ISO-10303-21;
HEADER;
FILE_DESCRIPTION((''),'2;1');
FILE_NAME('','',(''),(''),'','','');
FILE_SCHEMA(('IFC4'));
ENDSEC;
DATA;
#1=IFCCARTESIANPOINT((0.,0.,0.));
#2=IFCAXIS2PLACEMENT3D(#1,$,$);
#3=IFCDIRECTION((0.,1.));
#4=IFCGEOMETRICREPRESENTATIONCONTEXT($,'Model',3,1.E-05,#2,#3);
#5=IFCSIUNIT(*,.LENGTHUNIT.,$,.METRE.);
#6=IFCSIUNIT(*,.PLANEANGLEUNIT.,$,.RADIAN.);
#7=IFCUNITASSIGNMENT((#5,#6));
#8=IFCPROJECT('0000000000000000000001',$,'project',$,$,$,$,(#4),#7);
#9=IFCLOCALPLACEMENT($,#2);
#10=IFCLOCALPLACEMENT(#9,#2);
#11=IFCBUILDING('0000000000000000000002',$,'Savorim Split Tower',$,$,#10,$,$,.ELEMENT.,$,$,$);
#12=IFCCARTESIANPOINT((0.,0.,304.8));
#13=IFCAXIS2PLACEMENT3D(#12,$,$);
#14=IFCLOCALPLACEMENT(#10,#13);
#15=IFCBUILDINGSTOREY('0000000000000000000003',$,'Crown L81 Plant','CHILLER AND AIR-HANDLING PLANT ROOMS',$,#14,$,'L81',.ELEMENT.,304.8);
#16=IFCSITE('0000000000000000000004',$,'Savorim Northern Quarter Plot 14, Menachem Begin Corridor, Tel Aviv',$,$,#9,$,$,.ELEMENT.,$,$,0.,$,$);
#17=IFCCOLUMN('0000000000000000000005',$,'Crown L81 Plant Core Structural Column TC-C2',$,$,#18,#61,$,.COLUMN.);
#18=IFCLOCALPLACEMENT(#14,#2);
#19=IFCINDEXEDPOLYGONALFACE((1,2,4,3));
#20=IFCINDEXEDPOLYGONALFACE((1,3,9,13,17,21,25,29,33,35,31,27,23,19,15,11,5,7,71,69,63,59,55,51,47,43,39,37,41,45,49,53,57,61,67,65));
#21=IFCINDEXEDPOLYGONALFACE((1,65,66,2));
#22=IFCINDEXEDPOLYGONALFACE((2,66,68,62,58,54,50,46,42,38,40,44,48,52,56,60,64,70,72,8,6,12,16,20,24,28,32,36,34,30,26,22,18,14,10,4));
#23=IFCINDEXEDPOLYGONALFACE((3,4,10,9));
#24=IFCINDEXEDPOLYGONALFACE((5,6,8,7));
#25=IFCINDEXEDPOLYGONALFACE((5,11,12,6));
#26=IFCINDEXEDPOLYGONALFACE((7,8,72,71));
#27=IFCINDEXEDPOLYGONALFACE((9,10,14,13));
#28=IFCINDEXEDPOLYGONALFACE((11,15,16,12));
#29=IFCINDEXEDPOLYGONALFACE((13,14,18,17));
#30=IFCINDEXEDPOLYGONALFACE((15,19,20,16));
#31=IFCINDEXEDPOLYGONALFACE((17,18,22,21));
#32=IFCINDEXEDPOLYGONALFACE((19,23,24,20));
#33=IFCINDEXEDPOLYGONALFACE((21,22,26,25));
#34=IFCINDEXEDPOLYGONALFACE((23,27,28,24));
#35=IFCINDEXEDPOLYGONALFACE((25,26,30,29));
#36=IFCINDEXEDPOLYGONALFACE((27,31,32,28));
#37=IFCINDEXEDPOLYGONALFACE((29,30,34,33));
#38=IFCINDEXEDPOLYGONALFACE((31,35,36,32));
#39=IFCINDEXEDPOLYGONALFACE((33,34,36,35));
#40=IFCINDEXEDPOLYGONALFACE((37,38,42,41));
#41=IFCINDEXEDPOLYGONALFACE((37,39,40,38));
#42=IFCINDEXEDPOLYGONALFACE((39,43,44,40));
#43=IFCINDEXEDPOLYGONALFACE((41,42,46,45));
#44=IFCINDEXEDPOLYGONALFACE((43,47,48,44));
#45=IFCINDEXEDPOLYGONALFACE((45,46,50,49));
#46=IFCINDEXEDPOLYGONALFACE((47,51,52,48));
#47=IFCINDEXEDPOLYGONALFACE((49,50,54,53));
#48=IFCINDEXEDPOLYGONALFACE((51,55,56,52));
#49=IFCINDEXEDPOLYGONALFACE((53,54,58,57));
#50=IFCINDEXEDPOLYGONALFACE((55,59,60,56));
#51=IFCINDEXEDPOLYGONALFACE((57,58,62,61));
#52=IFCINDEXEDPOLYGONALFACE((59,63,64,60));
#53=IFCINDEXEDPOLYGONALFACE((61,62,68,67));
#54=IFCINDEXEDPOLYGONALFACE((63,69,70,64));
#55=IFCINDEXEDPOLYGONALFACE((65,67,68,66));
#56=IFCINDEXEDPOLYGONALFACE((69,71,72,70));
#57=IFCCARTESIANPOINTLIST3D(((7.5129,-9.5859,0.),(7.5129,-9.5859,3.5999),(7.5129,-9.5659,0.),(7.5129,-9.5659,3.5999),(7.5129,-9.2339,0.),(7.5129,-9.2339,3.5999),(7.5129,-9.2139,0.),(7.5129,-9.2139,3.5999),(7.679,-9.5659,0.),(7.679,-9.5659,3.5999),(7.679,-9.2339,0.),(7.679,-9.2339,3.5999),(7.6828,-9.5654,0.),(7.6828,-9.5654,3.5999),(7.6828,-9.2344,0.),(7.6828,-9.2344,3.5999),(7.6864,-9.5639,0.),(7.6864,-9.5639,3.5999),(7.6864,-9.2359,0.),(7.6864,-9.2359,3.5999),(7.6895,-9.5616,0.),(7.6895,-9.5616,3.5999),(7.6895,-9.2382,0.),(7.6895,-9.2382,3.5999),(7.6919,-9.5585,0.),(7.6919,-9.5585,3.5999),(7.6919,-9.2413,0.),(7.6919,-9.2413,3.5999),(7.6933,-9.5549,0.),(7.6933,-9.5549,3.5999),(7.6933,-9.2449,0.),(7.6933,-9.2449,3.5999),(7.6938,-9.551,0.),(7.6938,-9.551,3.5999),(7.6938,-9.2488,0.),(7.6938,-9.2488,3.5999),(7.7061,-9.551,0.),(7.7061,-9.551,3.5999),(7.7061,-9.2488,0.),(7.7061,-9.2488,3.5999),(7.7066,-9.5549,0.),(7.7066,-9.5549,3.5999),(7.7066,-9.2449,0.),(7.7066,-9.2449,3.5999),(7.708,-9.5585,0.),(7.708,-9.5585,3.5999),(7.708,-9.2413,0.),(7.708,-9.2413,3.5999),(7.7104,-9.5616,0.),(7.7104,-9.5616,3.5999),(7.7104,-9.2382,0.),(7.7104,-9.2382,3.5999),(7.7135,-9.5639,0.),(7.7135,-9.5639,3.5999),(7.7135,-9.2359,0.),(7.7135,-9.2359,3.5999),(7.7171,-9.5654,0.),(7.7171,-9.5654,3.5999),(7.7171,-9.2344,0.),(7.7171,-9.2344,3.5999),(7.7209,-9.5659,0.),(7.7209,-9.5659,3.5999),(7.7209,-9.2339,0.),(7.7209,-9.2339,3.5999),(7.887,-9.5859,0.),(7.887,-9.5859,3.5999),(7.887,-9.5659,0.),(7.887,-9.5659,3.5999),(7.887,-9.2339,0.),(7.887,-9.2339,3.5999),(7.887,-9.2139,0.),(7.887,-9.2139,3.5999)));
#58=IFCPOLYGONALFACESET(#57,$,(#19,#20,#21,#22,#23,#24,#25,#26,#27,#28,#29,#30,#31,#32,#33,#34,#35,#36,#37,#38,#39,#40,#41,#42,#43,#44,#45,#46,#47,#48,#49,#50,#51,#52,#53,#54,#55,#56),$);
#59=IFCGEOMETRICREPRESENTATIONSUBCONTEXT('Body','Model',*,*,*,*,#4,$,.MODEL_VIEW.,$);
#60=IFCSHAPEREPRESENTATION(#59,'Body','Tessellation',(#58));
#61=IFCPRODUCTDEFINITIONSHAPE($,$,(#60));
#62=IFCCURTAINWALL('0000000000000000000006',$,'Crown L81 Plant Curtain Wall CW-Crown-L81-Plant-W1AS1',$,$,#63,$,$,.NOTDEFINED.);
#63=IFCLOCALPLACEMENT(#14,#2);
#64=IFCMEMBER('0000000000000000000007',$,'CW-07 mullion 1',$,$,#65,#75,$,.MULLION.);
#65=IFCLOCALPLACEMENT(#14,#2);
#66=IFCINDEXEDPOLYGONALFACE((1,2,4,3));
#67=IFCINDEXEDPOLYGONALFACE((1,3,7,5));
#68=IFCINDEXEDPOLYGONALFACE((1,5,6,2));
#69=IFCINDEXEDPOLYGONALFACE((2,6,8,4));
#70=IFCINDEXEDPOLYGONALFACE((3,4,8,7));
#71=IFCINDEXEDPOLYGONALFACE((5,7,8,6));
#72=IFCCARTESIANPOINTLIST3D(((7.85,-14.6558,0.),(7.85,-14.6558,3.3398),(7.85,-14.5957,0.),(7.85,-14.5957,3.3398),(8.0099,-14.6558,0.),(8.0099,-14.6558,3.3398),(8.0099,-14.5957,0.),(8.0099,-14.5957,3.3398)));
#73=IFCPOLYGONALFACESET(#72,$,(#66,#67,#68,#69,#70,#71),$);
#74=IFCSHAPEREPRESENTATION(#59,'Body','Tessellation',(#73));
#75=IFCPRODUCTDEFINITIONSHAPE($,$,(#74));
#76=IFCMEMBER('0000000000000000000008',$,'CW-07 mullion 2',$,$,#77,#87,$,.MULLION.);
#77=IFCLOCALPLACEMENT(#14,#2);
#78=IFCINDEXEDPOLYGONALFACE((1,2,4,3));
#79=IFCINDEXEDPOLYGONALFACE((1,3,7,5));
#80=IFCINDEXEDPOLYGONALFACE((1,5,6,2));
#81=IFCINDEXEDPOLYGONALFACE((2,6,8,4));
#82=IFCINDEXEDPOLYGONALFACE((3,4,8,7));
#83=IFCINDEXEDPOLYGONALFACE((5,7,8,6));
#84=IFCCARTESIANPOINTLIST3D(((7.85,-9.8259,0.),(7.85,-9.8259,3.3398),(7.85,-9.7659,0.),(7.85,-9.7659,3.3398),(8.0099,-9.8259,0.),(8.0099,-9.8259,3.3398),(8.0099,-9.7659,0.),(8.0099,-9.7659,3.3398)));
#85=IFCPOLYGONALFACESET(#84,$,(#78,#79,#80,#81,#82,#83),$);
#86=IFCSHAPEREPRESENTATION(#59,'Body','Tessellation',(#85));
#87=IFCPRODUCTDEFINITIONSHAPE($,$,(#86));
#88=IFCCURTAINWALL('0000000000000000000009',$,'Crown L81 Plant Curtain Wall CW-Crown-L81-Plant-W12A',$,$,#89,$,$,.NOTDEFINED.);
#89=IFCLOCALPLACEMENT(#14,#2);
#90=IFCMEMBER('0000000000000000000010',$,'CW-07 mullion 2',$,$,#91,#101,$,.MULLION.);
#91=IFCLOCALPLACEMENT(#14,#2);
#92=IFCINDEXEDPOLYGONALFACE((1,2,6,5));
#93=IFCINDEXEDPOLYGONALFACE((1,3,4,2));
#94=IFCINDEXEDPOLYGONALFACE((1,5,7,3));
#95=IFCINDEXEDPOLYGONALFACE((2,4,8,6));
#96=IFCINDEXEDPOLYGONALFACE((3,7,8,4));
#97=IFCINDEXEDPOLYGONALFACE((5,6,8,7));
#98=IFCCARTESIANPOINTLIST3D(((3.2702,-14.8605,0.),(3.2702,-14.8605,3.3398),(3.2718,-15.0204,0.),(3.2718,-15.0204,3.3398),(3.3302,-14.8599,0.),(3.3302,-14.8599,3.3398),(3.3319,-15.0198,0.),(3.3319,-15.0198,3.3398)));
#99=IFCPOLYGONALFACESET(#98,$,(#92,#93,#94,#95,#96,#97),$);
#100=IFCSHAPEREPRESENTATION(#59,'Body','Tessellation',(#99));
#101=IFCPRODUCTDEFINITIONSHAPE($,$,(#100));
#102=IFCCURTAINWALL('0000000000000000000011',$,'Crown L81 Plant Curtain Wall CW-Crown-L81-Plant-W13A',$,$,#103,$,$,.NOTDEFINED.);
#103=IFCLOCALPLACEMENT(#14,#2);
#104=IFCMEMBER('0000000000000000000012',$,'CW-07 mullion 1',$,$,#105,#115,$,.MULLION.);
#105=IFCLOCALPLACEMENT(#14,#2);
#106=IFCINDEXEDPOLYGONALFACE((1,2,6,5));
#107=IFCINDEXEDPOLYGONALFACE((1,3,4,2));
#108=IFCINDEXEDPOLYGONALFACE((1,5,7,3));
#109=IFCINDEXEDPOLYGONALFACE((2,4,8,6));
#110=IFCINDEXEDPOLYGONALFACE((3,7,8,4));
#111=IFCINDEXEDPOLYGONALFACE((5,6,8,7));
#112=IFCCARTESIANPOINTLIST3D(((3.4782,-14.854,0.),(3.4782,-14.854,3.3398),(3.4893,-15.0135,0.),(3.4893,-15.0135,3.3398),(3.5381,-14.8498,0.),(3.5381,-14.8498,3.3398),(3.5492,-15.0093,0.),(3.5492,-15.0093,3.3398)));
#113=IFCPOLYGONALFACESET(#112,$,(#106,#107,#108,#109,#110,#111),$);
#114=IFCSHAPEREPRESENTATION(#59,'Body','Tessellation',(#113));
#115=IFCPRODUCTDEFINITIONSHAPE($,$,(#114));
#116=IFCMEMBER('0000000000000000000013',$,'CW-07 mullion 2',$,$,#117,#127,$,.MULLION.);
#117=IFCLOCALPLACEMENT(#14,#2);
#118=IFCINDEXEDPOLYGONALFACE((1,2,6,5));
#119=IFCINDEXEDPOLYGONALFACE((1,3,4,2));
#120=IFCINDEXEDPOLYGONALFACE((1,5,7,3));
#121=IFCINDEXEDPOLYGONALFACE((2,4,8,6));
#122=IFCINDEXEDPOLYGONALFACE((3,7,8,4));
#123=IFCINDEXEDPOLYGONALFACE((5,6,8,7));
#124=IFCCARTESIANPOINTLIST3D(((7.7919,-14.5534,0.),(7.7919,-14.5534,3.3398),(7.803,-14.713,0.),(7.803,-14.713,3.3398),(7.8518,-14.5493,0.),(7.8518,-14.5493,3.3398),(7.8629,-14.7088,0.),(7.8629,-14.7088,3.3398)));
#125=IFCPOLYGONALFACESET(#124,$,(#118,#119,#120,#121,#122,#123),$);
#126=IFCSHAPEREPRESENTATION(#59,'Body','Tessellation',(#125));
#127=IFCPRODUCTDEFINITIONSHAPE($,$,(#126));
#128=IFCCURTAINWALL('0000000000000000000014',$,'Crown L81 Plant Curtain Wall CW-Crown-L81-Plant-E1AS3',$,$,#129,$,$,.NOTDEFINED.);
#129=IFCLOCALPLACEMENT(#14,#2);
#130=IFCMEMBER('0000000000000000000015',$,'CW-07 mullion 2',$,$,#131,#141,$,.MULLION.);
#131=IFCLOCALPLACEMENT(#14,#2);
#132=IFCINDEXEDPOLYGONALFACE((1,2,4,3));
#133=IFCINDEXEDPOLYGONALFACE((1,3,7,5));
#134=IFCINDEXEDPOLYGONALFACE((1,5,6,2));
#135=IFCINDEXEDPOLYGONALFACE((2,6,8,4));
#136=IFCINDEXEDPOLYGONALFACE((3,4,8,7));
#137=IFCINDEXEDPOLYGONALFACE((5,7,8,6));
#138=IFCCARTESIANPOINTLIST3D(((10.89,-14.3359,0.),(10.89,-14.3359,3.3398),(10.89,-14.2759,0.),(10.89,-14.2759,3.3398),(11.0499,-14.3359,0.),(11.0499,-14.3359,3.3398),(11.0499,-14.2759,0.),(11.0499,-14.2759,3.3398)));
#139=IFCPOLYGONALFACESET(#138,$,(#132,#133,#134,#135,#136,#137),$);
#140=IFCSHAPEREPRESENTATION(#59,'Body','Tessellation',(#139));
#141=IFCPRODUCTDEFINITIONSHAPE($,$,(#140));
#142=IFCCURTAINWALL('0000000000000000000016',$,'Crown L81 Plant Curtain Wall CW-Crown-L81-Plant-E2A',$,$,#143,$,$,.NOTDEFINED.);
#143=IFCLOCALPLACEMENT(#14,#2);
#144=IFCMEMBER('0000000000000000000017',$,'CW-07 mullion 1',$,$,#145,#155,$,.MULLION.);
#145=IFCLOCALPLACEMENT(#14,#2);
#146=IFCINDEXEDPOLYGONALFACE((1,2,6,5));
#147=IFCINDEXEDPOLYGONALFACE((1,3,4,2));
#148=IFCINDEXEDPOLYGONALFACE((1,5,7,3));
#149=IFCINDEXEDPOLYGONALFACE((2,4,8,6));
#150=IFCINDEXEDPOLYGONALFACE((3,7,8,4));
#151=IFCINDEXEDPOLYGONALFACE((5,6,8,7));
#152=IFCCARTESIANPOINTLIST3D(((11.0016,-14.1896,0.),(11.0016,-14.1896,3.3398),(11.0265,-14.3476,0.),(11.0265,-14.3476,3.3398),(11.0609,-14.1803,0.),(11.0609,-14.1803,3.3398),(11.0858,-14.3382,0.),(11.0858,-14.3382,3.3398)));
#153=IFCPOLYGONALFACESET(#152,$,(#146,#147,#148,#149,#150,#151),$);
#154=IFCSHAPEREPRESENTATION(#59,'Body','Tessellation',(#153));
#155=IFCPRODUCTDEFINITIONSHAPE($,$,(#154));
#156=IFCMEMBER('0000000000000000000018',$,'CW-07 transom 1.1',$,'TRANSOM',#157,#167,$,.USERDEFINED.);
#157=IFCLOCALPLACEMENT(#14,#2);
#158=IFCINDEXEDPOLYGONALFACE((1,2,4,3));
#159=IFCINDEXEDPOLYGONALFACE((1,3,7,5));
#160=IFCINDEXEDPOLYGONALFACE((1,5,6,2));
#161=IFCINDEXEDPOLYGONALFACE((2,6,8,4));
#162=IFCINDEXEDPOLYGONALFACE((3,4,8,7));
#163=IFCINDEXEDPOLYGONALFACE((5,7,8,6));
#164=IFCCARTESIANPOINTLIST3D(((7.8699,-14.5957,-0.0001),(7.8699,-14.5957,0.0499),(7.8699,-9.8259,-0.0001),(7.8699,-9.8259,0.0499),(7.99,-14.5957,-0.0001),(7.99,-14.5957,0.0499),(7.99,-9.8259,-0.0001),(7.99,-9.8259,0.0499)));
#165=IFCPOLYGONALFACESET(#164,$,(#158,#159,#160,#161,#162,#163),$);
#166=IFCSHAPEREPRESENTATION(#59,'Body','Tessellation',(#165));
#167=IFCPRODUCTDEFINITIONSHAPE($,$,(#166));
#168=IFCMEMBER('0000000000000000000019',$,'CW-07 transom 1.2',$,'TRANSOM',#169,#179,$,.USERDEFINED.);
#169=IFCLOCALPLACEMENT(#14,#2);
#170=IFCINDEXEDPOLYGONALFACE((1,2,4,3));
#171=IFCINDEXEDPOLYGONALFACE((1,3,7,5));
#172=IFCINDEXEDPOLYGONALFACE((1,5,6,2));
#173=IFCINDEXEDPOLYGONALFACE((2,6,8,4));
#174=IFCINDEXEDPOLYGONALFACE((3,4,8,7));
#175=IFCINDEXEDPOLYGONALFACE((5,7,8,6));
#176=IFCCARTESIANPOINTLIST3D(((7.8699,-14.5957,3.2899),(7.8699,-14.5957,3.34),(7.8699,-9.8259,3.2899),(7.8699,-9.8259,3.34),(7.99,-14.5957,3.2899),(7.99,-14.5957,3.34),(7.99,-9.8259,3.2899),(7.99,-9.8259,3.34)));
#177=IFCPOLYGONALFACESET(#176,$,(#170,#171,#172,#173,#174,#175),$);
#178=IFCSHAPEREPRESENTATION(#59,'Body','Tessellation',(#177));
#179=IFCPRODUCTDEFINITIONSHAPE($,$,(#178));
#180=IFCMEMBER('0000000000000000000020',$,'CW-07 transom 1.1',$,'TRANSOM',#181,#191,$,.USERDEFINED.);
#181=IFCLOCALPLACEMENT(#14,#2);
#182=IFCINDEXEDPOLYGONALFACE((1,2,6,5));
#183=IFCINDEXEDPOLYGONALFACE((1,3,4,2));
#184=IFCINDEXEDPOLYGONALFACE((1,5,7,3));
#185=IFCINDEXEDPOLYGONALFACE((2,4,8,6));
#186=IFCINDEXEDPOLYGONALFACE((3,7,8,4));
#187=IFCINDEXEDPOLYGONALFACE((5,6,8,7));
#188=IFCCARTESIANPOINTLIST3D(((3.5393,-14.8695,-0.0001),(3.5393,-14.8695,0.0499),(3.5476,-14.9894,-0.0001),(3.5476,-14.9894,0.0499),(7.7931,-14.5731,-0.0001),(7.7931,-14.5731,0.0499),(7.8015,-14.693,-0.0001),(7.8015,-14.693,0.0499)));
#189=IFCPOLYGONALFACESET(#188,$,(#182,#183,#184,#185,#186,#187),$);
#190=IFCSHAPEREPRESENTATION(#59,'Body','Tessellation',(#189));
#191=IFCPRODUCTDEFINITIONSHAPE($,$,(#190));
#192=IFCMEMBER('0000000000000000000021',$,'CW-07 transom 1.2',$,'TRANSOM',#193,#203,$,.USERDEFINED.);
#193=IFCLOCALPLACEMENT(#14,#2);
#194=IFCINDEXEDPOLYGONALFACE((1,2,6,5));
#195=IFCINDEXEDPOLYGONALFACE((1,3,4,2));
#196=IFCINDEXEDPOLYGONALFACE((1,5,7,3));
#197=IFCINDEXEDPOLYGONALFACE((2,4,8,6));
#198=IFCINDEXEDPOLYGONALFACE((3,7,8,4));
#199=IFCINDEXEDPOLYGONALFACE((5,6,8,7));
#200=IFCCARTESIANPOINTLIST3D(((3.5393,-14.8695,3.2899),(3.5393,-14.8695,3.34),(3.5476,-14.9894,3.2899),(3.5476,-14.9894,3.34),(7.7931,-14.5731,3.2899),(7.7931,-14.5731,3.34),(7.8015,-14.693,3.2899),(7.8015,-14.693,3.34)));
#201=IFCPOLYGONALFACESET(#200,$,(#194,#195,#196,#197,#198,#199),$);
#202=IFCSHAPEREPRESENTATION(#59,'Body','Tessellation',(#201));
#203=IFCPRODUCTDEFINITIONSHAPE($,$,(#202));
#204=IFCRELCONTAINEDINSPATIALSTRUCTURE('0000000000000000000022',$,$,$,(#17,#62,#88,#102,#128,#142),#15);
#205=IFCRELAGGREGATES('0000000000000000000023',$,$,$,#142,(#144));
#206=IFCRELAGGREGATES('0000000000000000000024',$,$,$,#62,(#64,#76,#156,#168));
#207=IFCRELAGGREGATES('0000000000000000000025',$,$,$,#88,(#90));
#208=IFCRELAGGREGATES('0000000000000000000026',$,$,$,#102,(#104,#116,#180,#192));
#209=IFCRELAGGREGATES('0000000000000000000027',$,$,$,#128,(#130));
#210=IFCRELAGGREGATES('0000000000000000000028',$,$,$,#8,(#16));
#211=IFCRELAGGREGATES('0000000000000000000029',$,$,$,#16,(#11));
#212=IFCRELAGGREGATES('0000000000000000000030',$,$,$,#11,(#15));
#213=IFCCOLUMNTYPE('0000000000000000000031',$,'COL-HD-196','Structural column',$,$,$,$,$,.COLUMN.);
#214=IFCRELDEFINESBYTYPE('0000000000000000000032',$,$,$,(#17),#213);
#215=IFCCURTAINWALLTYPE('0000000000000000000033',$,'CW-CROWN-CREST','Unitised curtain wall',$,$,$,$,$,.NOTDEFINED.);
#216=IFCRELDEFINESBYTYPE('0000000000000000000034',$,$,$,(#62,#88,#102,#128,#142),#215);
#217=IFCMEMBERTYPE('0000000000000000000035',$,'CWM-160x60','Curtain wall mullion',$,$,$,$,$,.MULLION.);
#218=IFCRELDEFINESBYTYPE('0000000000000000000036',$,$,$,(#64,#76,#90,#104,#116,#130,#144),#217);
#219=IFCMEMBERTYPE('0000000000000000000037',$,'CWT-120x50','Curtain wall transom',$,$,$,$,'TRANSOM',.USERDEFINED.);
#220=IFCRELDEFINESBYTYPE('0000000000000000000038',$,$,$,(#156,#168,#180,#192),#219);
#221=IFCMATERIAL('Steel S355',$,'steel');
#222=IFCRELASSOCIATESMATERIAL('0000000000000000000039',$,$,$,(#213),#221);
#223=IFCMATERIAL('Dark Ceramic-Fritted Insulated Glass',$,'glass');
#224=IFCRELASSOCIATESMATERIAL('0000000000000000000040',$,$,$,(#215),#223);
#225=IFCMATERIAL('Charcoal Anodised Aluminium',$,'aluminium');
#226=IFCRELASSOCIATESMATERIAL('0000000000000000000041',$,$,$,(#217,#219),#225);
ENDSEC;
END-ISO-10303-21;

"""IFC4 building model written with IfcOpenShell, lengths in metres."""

from ifc_helpers import new_model, si_unit, direction, frame, origin, origin_2d, place, context, subcontext, project, spatial, rectangle, i_section, extrude, material, material_profile, profile_set, type_object, element, aggregate, save


model = new_model("IFC4")

# Units and contexts
model_context = context("Model", 3, precision=1e-05, world=origin(), true_north=direction((0.0, 1.0)))
body_context = subcontext(model_context, "Body", "Model", "MODEL_VIEW")
ifc_project = project(units=[si_unit("LENGTHUNIT", "METRE"), si_unit("PLANEANGLEUNIT", "RADIAN")], contexts=[model_context])

# Site, building, storey
site_placement = place(None, origin())
site = spatial("IfcSite", under=ifc_project, at=site_placement, Name="Savorim Northern Quarter Plot 14, Menachem Begin Corridor, Tel Aviv", CompositionType="ELEMENT", RefElevation=0.0)
building_placement = place(site_placement, origin())
building = spatial("IfcBuilding", under=site, at=building_placement, Name="Savorim Split Tower", CompositionType="ELEMENT")
storey_placement = place(building_placement, frame((0.0, 0.0, 304.8)))
storey = spatial("IfcBuildingStorey", under=building, at=storey_placement, Name="Crown L81 Plant", Description="CHILLER AND AIR-HANDLING PLANT ROOMS", LongName="L81", CompositionType="ELEMENT", Elevation=304.8)

# Column
ifc_material_1 = material(Name="Steel S355", Category="steel")
ifc_material_profile_1 = material_profile(ifc_material_1, i_section(OverallWidth=0.374, OverallDepth=0.3721, WebThickness=0.0122, FlangeThickness=0.02, FilletRadius=0.0149, at=origin_2d()), Name="HD 360x196")
ifc_profile_set_1 = profile_set([ifc_material_profile_1], Name="Steel S355")
column_type = type_object("IfcColumnType", Name="COL-HD-196", Description="Structural column", PredefinedType="COLUMN", material=ifc_profile_set_1)
column_placement = place(storey_placement, frame((7.7, -9.3999, 0.0), z_axis=(0.0, 0.0, 1.0), x_axis=(1.0, 0.0, 0.0)))
element("IfcColumn", 1, at=column_placement, inside=storey, type_object=column_type, Name="Crown L81 Plant Core Structural Column TC-C2", PredefinedType="COLUMN", context=body_context, shape_type="SweptSolid", body=[
    extrude(i_section(OverallWidth=0.374, OverallDepth=0.3721, WebThickness=0.0122, FlangeThickness=0.02, FilletRadius=0.0149, at=origin_2d()), origin(), (0.0, 0.0, 1.0), 3.5999),
])

# Curtain wall, members
ifc_material_2 = material(Name="Dark Ceramic-Fritted Insulated Glass", Category="glass")
curtain_wall_type = type_object("IfcCurtainWallType", Name="CW-CROWN-CREST", Description="Unitised curtain wall", PredefinedType="NOTDEFINED", material=ifc_material_2)
curtain_wall_1_placement = place(storey_placement, origin())
curtain_wall_1 = element("IfcCurtainWall", 2, at=curtain_wall_1_placement, inside=storey, type_object=curtain_wall_type, Name="Crown L81 Plant Curtain Wall CW-Crown-L81-Plant-W1AS1", PredefinedType="NOTDEFINED")
ifc_material_3 = material(Name="Charcoal Anodised Aluminium", Category="aluminium")
ifc_material_profile_2 = material_profile(ifc_material_3, rectangle(XDim=0.1599, YDim=0.0601, at=origin_2d()), Name="ALU-M 160x60")
ifc_profile_set_2 = profile_set([ifc_material_profile_2], Name="Charcoal Anodised Aluminium")
member_type_1 = type_object("IfcMemberType", Name="CWM-160x60", Description="Curtain wall mullion", PredefinedType="MULLION", material=ifc_profile_set_2)
member_1_placement = place(storey_placement, frame((7.9299, -14.6257, 0.0), z_axis=(0.0, 0.0, 1.0), x_axis=(-1.0, 0.0, 0.0)))
member_1 = element("IfcMember", 3, at=member_1_placement, type_object=member_type_1, Name="CW-07 mullion 1", PredefinedType="MULLION", context=body_context, shape_type="SweptSolid", body=[
    extrude(rectangle(XDim=0.1599, YDim=0.0601, at=origin_2d()), origin(), (0.0, 0.0, 1.0), 3.3398),
])
member_2_placement = place(storey_placement, frame((7.9299, -9.7959, 0.0), z_axis=(0.0, 0.0, 1.0), x_axis=(-1.0, 0.0, 0.0)))
member_2 = element("IfcMember", 4, at=member_2_placement, type_object=member_type_1, Name="CW-07 mullion 2", PredefinedType="MULLION", context=body_context, shape_type="SweptSolid", body=[
    extrude(rectangle(XDim=0.1599, YDim=0.0601, at=origin_2d()), origin(), (0.0, 0.0, 1.0), 3.3398),
])

# Curtain wall, member
curtain_wall_2_placement = place(storey_placement, origin())
curtain_wall_2 = element("IfcCurtainWall", 5, at=curtain_wall_2_placement, inside=storey, type_object=curtain_wall_type, Name="Crown L81 Plant Curtain Wall CW-Crown-L81-Plant-W12A", PredefinedType="NOTDEFINED")
member_3_placement = place(storey_placement, frame((3.301, -14.9402, 0.0), z_axis=(0.0, 0.0, 1.0), x_axis=(-0.010224, 0.999948, 0.0)))
member_3 = element("IfcMember", 6, at=member_3_placement, type_object=member_type_1, Name="CW-07 mullion 2", PredefinedType="MULLION", context=body_context, shape_type="SweptSolid", body=[
    extrude(rectangle(XDim=0.1599, YDim=0.0601, at=origin_2d()), origin(), (0.0, 0.0, 1.0), 3.3398),
])

# Curtain wall, members
curtain_wall_3_placement = place(storey_placement, origin())
curtain_wall_3 = element("IfcCurtainWall", 7, at=curtain_wall_3_placement, inside=storey, type_object=curtain_wall_type, Name="Crown L81 Plant Curtain Wall CW-Crown-L81-Plant-W13A", PredefinedType="NOTDEFINED")
member_4_placement = place(storey_placement, frame((3.5137, -14.9316, 0.0), z_axis=(0.0, 0.0, 1.0), x_axis=(-0.069501, 0.997582, 0.0)))
member_4 = element("IfcMember", 8, at=member_4_placement, type_object=member_type_1, Name="CW-07 mullion 1", PredefinedType="MULLION", context=body_context, shape_type="SweptSolid", body=[
    extrude(rectangle(XDim=0.1599, YDim=0.0601, at=origin_2d()), origin(), (0.0, 0.0, 1.0), 3.3398),
])
member_5_placement = place(storey_placement, frame((7.8274, -14.6311, 0.0), z_axis=(0.0, 0.0, 1.0), x_axis=(-0.069501, 0.997582, 0.0)))
member_5 = element("IfcMember", 9, at=member_5_placement, type_object=member_type_1, Name="CW-07 mullion 2", PredefinedType="MULLION", context=body_context, shape_type="SweptSolid", body=[
    extrude(rectangle(XDim=0.1599, YDim=0.0601, at=origin_2d()), origin(), (0.0, 0.0, 1.0), 3.3398),
])

# Curtain walls, members
curtain_wall_4_placement = place(storey_placement, origin())
curtain_wall_4 = element("IfcCurtainWall", 10, at=curtain_wall_4_placement, inside=storey, type_object=curtain_wall_type, Name="Crown L81 Plant Curtain Wall CW-Crown-L81-Plant-E1AS3", PredefinedType="NOTDEFINED")
member_6_placement = place(storey_placement, frame((10.97, -14.3059, 0.0), z_axis=(0.0, 0.0, 1.0), x_axis=(1.0, 0.0, 0.0)))
member_6 = element("IfcMember", 11, at=member_6_placement, type_object=member_type_1, Name="CW-07 mullion 2", PredefinedType="MULLION", context=body_context, shape_type="SweptSolid", body=[
    extrude(rectangle(XDim=0.1599, YDim=0.0601, at=origin_2d()), origin(), (0.0, 0.0, 1.0), 3.3398),
])
curtain_wall_5_placement = place(storey_placement, origin())
curtain_wall_5 = element("IfcCurtainWall", 12, at=curtain_wall_5_placement, inside=storey, type_object=curtain_wall_type, Name="Crown L81 Plant Curtain Wall CW-Crown-L81-Plant-E2A", PredefinedType="NOTDEFINED")
member_7_placement = place(storey_placement, frame((11.0437, -14.2639, 0.0), z_axis=(0.0, 0.0, 1.0), x_axis=(-0.155785, 0.987791, 0.0)))
member_7 = element("IfcMember", 13, at=member_7_placement, type_object=member_type_1, Name="CW-07 mullion 1", PredefinedType="MULLION", context=body_context, shape_type="SweptSolid", body=[
    extrude(rectangle(XDim=0.1599, YDim=0.0601, at=origin_2d()), origin(), (0.0, 0.0, 1.0), 3.3398),
])

# Members
ifc_material_profile_3 = material_profile(ifc_material_3, rectangle(XDim=0.1201, YDim=0.05, at=origin_2d()), Name="ALU-T 120x50")
ifc_profile_set_3 = profile_set([ifc_material_profile_3], Name="Charcoal Anodised Aluminium")
member_type_2 = type_object("IfcMemberType", Name="CWT-120x50", Description="Curtain wall transom", ElementType="TRANSOM", PredefinedType="USERDEFINED", material=ifc_profile_set_3)
member_8_placement = place(storey_placement, frame((7.9299, -14.5957, 0.0249), z_axis=(0.0, 1.0, 0.0), x_axis=(-1.0, 0.0, 0.0)))
member_8 = element("IfcMember", 14, at=member_8_placement, type_object=member_type_2, Name="CW-07 transom 1.1", ObjectType="TRANSOM", PredefinedType="USERDEFINED", context=body_context, shape_type="SweptSolid", body=[
    extrude(rectangle(XDim=0.1201, YDim=0.05, at=origin_2d()), origin(), (0.0, 0.0, 1.0), 4.7698),
])
member_9_placement = place(storey_placement, frame((7.9299, -14.5957, 3.3149), z_axis=(0.0, 1.0, 0.0), x_axis=(-1.0, 0.0, 0.0)))
member_9 = element("IfcMember", 15, at=member_9_placement, type_object=member_type_2, Name="CW-07 transom 1.2", ObjectType="TRANSOM", PredefinedType="USERDEFINED", context=body_context, shape_type="SweptSolid", body=[
    extrude(rectangle(XDim=0.1201, YDim=0.05, at=origin_2d()), origin(), (0.0, 0.0, 1.0), 4.7698),
])
member_10_placement = place(storey_placement, frame((3.5435, -14.9294, 0.0249), z_axis=(0.997582, 0.069506, 0.0), x_axis=(-0.069506, 0.997582, 0.0)))
member_10 = element("IfcMember", 16, at=member_10_placement, type_object=member_type_2, Name="CW-07 transom 1.1", ObjectType="TRANSOM", PredefinedType="USERDEFINED", context=body_context, shape_type="SweptSolid", body=[
    extrude(rectangle(XDim=0.1201, YDim=0.05, at=origin_2d()), origin(), (0.0, 0.0, 1.0), 4.2642),
])
member_11_placement = place(storey_placement, frame((3.5435, -14.9294, 3.3149), z_axis=(0.997582, 0.069506, 0.0), x_axis=(-0.069506, 0.997582, 0.0)))
member_11 = element("IfcMember", 17, at=member_11_placement, type_object=member_type_2, Name="CW-07 transom 1.2", ObjectType="TRANSOM", PredefinedType="USERDEFINED", context=body_context, shape_type="SweptSolid", body=[
    extrude(rectangle(XDim=0.1201, YDim=0.05, at=origin_2d()), origin(), (0.0, 0.0, 1.0), 4.2642),
])
aggregate(curtain_wall_5, [member_7])

aggregate(curtain_wall_1, [member_1, member_2, member_8, member_9])
aggregate(curtain_wall_2, [member_3])
aggregate(curtain_wall_3, [member_4, member_5, member_10, member_11])
aggregate(curtain_wall_4, [member_6])

save(model, "model.ifc")
